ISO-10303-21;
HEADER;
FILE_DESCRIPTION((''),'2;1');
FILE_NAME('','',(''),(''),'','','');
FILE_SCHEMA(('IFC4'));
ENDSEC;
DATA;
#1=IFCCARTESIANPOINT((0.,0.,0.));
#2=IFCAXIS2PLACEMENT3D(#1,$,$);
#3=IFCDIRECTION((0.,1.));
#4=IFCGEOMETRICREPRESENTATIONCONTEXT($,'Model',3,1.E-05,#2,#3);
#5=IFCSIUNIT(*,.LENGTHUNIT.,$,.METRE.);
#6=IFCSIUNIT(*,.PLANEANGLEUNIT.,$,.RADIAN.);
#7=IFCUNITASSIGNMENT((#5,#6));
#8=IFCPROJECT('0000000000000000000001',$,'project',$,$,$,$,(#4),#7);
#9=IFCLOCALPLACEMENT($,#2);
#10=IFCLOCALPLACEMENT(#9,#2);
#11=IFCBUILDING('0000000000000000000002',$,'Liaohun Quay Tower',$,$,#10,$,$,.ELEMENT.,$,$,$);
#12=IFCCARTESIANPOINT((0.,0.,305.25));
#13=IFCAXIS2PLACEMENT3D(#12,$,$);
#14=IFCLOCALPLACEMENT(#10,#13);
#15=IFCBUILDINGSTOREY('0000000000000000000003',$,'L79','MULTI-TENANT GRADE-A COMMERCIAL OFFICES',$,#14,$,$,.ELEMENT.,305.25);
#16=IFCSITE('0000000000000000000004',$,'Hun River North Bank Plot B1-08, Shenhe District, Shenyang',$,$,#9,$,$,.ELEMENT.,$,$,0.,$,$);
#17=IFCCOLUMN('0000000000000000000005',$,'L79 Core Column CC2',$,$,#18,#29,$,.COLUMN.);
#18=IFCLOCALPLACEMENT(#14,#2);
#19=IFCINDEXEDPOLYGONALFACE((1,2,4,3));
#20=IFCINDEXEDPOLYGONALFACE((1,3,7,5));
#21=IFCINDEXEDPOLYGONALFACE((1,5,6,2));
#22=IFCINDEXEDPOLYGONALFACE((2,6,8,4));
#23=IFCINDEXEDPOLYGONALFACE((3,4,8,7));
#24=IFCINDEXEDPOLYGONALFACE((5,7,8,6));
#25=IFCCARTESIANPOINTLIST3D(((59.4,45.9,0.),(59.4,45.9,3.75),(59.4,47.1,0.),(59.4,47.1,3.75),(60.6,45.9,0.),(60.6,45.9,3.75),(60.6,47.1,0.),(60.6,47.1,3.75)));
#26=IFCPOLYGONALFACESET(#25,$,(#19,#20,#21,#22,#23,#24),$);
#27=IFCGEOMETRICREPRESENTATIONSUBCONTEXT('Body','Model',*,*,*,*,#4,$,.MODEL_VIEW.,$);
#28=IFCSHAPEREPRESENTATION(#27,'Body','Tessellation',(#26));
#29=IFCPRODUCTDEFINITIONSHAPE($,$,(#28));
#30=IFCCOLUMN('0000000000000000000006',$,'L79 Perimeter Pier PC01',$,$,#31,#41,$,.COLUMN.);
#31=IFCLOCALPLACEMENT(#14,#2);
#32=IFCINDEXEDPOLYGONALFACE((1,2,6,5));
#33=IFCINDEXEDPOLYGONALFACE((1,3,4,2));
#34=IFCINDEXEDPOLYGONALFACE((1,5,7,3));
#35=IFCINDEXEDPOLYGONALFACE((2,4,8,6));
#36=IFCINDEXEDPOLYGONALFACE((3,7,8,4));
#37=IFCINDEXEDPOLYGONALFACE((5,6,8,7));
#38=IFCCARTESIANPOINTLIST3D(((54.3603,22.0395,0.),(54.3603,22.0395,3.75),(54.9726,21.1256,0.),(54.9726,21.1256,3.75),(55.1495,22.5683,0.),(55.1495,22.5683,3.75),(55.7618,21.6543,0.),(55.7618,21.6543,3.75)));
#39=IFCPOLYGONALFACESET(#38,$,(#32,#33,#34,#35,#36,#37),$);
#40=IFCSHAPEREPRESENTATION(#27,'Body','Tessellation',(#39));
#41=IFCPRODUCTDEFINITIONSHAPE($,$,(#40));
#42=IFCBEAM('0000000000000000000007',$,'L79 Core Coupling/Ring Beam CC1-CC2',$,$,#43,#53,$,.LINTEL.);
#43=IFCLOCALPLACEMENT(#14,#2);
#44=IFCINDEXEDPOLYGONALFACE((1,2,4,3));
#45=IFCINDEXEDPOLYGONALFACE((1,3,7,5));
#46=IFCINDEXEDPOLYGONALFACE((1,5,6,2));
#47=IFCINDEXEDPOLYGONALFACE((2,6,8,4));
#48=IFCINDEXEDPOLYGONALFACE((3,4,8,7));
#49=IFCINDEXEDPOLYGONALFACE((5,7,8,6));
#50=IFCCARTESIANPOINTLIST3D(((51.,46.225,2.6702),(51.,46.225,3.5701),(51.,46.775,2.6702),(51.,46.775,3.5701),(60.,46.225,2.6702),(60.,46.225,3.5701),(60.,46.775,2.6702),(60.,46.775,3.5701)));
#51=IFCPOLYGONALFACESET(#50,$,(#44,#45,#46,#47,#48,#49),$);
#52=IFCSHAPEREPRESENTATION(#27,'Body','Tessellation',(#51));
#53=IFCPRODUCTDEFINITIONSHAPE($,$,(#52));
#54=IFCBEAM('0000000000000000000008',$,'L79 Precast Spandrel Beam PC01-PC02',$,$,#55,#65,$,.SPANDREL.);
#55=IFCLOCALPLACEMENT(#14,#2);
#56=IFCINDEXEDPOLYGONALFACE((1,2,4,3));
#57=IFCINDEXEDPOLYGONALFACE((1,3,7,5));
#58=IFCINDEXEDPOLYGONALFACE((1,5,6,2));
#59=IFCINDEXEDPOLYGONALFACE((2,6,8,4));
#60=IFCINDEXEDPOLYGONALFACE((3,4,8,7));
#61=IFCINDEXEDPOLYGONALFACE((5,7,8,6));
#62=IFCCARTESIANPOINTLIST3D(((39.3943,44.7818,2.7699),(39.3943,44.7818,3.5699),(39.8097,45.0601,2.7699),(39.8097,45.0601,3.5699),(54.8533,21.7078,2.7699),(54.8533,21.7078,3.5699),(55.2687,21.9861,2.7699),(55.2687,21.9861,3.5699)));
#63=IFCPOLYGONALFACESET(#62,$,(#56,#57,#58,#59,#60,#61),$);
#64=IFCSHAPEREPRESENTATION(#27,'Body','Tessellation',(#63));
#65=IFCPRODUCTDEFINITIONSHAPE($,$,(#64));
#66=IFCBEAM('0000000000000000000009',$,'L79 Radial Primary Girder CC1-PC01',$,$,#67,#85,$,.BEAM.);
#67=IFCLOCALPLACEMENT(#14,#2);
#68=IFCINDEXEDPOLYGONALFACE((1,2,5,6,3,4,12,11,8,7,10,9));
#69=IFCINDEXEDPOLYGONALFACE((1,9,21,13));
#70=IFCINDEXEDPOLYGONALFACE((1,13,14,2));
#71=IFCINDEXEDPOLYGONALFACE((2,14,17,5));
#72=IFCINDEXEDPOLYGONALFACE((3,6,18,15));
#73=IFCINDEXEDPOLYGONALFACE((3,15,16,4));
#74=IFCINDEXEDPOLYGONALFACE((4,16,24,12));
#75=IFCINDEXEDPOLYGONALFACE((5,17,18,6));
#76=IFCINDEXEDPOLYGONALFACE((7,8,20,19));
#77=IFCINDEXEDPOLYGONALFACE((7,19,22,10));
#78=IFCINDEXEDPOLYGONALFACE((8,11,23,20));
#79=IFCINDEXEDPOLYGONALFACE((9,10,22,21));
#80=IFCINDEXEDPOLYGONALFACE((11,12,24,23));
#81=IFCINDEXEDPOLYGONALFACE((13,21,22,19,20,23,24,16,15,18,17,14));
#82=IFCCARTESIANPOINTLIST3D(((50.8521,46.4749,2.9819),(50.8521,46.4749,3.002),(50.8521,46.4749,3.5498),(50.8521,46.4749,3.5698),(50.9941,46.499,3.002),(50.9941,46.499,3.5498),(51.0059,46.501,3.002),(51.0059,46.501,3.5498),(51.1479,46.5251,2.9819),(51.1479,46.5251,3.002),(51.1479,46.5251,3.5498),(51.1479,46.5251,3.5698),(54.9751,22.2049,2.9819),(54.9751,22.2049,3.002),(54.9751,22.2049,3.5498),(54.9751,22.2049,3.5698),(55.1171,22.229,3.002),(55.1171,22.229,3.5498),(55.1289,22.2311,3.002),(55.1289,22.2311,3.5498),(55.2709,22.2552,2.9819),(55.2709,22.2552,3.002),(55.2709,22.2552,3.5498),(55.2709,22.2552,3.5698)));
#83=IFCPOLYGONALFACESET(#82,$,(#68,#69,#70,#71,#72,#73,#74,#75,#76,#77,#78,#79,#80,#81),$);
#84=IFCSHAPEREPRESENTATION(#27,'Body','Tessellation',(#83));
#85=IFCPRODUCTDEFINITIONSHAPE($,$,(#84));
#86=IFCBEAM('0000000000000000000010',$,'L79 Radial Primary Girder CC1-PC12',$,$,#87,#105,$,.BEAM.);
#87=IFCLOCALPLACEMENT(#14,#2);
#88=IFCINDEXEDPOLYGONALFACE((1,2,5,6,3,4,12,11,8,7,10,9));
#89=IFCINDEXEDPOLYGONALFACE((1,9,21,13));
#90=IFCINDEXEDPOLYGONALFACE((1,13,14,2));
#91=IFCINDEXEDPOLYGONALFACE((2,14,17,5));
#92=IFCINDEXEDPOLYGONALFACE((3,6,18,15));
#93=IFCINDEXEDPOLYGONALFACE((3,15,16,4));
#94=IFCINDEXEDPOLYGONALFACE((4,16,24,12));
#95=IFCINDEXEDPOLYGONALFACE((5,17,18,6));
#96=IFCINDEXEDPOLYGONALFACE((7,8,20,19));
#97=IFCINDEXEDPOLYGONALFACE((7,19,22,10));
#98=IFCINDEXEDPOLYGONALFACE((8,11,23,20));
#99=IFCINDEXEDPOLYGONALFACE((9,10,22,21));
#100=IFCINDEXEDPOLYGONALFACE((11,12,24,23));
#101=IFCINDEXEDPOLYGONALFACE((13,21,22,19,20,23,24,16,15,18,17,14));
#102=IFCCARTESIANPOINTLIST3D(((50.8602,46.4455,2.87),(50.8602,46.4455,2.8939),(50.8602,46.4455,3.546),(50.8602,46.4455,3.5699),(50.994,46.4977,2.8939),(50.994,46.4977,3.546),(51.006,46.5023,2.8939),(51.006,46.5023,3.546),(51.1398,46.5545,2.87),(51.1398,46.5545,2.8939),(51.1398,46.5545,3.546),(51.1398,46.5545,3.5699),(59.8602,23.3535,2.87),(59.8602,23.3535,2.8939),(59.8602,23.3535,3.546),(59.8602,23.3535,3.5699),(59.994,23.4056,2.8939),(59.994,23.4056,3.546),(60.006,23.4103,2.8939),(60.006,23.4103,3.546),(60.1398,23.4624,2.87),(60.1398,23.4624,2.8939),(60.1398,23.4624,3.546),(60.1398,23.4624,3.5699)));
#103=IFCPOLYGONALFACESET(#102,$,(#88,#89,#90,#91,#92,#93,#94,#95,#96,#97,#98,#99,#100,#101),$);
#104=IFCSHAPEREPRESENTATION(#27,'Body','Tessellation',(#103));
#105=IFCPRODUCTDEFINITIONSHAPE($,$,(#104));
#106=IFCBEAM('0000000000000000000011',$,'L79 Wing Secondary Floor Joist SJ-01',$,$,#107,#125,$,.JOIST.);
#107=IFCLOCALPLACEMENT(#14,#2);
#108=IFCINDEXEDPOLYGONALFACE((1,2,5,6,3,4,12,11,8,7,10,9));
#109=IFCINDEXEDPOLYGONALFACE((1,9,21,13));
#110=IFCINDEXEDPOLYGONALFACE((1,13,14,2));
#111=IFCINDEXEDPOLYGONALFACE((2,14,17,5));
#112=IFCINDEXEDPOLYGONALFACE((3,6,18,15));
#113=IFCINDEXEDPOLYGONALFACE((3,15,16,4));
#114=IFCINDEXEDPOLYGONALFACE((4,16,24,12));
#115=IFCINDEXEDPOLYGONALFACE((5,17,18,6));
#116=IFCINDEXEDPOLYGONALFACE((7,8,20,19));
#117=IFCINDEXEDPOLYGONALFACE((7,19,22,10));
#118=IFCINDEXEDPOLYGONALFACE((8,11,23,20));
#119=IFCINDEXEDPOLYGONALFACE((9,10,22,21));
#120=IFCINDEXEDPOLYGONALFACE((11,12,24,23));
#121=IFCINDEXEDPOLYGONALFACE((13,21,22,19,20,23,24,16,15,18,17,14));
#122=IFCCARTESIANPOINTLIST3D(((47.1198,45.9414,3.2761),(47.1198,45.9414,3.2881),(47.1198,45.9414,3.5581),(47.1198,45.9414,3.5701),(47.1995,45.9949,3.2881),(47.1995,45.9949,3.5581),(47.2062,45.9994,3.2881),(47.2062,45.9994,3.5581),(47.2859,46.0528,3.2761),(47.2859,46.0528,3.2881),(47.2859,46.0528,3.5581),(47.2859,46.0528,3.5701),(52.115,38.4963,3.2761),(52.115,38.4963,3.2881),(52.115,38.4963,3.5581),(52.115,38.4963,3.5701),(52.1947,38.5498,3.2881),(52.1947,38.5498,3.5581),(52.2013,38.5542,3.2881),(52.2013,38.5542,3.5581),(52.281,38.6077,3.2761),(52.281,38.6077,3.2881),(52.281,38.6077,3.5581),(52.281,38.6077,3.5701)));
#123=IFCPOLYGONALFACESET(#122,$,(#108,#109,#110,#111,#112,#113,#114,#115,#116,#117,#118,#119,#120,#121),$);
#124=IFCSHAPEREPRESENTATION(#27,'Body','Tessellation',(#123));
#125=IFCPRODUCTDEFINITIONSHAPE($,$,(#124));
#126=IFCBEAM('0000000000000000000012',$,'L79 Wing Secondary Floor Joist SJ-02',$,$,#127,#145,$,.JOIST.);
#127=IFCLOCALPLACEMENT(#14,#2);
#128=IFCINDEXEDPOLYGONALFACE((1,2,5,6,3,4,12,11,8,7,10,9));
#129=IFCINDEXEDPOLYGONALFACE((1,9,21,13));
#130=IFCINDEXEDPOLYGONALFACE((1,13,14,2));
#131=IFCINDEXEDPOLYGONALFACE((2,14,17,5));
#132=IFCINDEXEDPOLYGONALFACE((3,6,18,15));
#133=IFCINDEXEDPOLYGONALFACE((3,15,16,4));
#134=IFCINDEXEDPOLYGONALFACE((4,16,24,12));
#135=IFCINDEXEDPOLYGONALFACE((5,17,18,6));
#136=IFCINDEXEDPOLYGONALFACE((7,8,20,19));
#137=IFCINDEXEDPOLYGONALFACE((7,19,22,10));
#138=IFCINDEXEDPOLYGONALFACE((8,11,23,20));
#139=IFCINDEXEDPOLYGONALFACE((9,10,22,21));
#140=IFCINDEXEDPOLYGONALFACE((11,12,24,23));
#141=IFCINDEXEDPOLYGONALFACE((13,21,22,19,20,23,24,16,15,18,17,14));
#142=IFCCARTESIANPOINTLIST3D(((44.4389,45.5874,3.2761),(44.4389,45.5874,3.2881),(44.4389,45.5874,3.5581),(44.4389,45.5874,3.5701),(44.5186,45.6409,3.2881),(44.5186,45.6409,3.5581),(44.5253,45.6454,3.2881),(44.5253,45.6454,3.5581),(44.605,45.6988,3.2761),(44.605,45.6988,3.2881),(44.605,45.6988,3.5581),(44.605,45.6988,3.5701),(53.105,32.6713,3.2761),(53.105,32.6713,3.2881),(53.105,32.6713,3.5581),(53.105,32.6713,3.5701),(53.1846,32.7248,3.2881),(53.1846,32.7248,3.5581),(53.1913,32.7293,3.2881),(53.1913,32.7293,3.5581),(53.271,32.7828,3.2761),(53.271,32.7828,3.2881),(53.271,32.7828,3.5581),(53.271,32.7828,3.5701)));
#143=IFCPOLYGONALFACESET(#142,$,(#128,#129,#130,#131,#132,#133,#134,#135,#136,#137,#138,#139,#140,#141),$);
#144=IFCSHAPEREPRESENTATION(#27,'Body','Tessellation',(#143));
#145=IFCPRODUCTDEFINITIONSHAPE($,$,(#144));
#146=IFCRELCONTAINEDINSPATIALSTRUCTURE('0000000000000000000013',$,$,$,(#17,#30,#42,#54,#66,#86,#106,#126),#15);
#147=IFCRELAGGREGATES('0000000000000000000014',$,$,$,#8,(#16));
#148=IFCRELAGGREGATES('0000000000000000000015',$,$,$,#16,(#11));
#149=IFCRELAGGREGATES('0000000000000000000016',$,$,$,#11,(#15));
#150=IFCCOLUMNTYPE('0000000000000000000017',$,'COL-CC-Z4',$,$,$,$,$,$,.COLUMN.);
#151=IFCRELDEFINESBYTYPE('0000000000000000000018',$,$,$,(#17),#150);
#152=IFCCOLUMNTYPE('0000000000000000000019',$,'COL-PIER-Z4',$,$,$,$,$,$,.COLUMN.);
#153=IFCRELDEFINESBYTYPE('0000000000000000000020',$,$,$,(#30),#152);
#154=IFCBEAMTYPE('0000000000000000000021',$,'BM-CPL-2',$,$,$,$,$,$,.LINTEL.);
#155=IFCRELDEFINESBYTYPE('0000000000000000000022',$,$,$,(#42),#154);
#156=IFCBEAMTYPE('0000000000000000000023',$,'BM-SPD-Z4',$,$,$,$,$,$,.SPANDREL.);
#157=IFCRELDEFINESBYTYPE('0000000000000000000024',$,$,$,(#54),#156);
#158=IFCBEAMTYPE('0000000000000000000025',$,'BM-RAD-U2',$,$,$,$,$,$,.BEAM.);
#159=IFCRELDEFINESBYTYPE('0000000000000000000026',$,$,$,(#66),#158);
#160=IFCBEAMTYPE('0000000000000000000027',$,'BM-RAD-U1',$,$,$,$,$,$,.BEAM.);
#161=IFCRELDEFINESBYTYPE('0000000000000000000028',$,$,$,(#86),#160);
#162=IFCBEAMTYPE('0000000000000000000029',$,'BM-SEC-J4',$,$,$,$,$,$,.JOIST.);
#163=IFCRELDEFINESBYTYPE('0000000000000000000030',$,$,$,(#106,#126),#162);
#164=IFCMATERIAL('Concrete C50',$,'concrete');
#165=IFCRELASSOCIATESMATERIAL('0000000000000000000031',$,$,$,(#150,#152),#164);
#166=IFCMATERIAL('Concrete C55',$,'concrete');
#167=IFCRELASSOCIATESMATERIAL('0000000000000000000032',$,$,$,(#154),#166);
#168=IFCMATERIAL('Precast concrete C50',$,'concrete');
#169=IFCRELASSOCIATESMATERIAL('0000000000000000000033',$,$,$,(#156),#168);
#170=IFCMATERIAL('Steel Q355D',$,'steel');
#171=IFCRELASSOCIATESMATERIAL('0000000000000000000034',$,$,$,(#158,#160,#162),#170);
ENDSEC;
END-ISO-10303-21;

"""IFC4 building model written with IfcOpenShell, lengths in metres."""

from ifc_helpers import new_model, si_unit, direction, frame, origin, origin_2d, place, context, subcontext, project, spatial, rectangle, i_section, extrude, source, transform, mapped, material, material_profile, profile_set, type_object, element, save


model = new_model("IFC4")

# Units and contexts
model_context = context("Model", 3, precision=1e-05, world=origin(), true_north=direction((0.0, 1.0)))
body_context = subcontext(model_context, "Body", "Model", "MODEL_VIEW")
ifc_project = project(units=[si_unit("LENGTHUNIT", "METRE"), si_unit("PLANEANGLEUNIT", "RADIAN")], contexts=[model_context])

# Site, building, storey
site_placement = place(None, origin())
site = spatial("IfcSite", under=ifc_project, at=site_placement, Name="Hun River North Bank Plot B1-08, Shenhe District, Shenyang", CompositionType="ELEMENT", RefElevation=0.0)
building_placement = place(site_placement, origin())
building = spatial("IfcBuilding", under=site, at=building_placement, Name="Liaohun Quay Tower", CompositionType="ELEMENT")
storey_placement = place(building_placement, frame((0.0, 0.0, 305.25)))
storey = spatial("IfcBuildingStorey", under=building, at=storey_placement, Name="L79", Description="MULTI-TENANT GRADE-A COMMERCIAL OFFICES", CompositionType="ELEMENT", Elevation=305.25)

# Columns
ifc_material_1 = material(Name="Concrete C50", Category="concrete")
ifc_material_profile_1 = material_profile(ifc_material_1, rectangle(XDim=1.2, YDim=1.2, at=origin_2d()), Name="RC1200x1200")
ifc_profile_set_1 = profile_set([ifc_material_profile_1], Name="Concrete C50")
column_type_1 = type_object("IfcColumnType", Name="COL-CC-Z4", PredefinedType="COLUMN", material=ifc_profile_set_1)
shared_shape_1 = source(origin(), body_context, "Body", "SweptSolid", [
    extrude(rectangle(XDim=1.2, YDim=1.2, at=origin_2d()), origin(), (0.0, 0.0, 1.0), 3.75),
])
column_1_placement = place(storey_placement, frame((60.0, 46.5, 0.0), z_axis=(0.0, 0.0, 1.0), x_axis=(1.0, 0.0, 0.0)))
element("IfcColumn", 1, at=column_1_placement, inside=storey, type_object=column_type_1, Name="L79 Core Column CC2", PredefinedType="COLUMN", context=body_context, shape_type="MappedRepresentation", body=[
    mapped(shared_shape_1, transform((0.0, 0.0, 0.0), x_axis=(1.0, 0.0, 0.0), y_axis=(0.0, 1.0, 0.0), z_axis=(0.0, 0.0, 1.0), scale=1.0)),
])
ifc_material_profile_2 = material_profile(ifc_material_1, rectangle(XDim=1.1001, YDim=0.95, at=origin_2d()), Name="RC1100x950")
ifc_profile_set_2 = profile_set([ifc_material_profile_2], Name="Concrete C50")
column_type_2 = type_object("IfcColumnType", Name="COL-PIER-Z4", PredefinedType="COLUMN", material=ifc_profile_set_2)
shared_shape_2 = source(origin(), body_context, "Body", "SweptSolid", [
    extrude(rectangle(XDim=1.1001, YDim=0.95, at=origin_2d()), origin(), (0.0, 0.0, 1.0), 3.75),
])
column_2_placement = place(storey_placement, frame((55.061, 21.8469, 0.0), z_axis=(0.0, 0.0, 1.0), x_axis=(-0.556586, 0.83079, 0.0)))
element("IfcColumn", 2, at=column_2_placement, inside=storey, type_object=column_type_2, Name="L79 Perimeter Pier PC01", PredefinedType="COLUMN", context=body_context, shape_type="MappedRepresentation", body=[
    mapped(shared_shape_2, transform((0.0, 0.0, 0.0), x_axis=(1.0, 0.0, 0.0), y_axis=(0.0, 1.0, 0.0), z_axis=(0.0, 0.0, 1.0), scale=1.0)),
])

# Beams
ifc_material_2 = material(Name="Concrete C55", Category="concrete")
ifc_material_profile_3 = material_profile(ifc_material_2, rectangle(XDim=0.55, YDim=0.8999, at=origin_2d()), Name="RC550x900")
ifc_profile_set_3 = profile_set([ifc_material_profile_3], Name="Concrete C55")
beam_type_1 = type_object("IfcBeamType", Name="BM-CPL-2", PredefinedType="LINTEL", material=ifc_profile_set_3)
shared_shape_3 = source(origin(), body_context, "Body", "SweptSolid", [
    extrude(rectangle(XDim=0.55, YDim=0.8999, at=origin_2d()), origin(), (0.0, 0.0, 1.0), 9.0),
])
beam_1_placement = place(storey_placement, frame((51.0, 46.5, 3.1201), z_axis=(1.0, 0.0, 0.0), x_axis=(0.0, 1.0, 0.0)))
element("IfcBeam", 3, at=beam_1_placement, inside=storey, type_object=beam_type_1, Name="L79 Core Coupling/Ring Beam CC1-CC2", PredefinedType="LINTEL", context=body_context, shape_type="MappedRepresentation", body=[
    mapped(shared_shape_3, transform((0.0, 0.0, 0.0), x_axis=(1.0, 0.0, 0.0), y_axis=(0.0, 1.0, 0.0), z_axis=(0.0, 0.0, 1.0), scale=1.0)),
])
ifc_material_3 = material(Name="Precast concrete C50", Category="concrete")
ifc_material_profile_4 = material_profile(ifc_material_3, rectangle(XDim=0.5, YDim=0.8, at=origin_2d()), Name="RC500x800")
ifc_profile_set_4 = profile_set([ifc_material_profile_4], Name="Precast concrete C50")
beam_type_2 = type_object("IfcBeamType", Name="BM-SPD-Z4", PredefinedType="SPANDREL", material=ifc_profile_set_4)
shared_shape_4 = source(origin(), body_context, "Body", "SweptSolid", [
    extrude(rectangle(XDim=0.5, YDim=0.8, at=origin_2d()), origin(), (0.0, 0.0, 1.0), 27.7739),
])
beam_2_placement = place(storey_placement, frame((55.061, 21.8469, 3.1699), z_axis=(-0.556602, 0.83078, 0.0), x_axis=(-0.83078, -0.556602, 0.0)))
element("IfcBeam", 4, at=beam_2_placement, inside=storey, type_object=beam_type_2, Name="L79 Precast Spandrel Beam PC01-PC02", PredefinedType="SPANDREL", context=body_context, shape_type="MappedRepresentation", body=[
    mapped(shared_shape_4, transform((0.0, 0.0, 0.0), x_axis=(1.0, 0.0, 0.0), y_axis=(0.0, 1.0, 0.0), z_axis=(0.0, 0.0, 1.0), scale=1.0)),
])
ifc_material_4 = material(Name="Steel Q355D", Category="steel")
ifc_material_profile_5 = material_profile(ifc_material_4, i_section(OverallWidth=0.3, OverallDepth=0.5879, WebThickness=0.012, FlangeThickness=0.02, at=origin_2d()), Name="HM588x300x12x20")
ifc_profile_set_5 = profile_set([ifc_material_profile_5], Name="Steel Q355D")
beam_type_3 = type_object("IfcBeamType", Name="BM-RAD-U2", PredefinedType="BEAM", material=ifc_profile_set_5)
shared_shape_5 = source(origin(), body_context, "Body", "SweptSolid", [
    extrude(i_section(OverallWidth=0.3, OverallDepth=0.5879, WebThickness=0.012, FlangeThickness=0.02, at=origin_2d()), origin(), (0.0, 0.0, 1.0), 24.6177),
])
beam_3_placement = place(storey_placement, frame((51.0, 46.5, 3.2759), z_axis=(0.167483, -0.985875, 0.0), x_axis=(0.985875, 0.167483, 0.0)))
element("IfcBeam", 5, at=beam_3_placement, inside=storey, type_object=beam_type_3, Name="L79 Radial Primary Girder CC1-PC01", PredefinedType="BEAM", context=body_context, shape_type="MappedRepresentation", body=[
    mapped(shared_shape_5, transform((0.0, 0.0, 0.0), x_axis=(1.0, 0.0, 0.0), y_axis=(0.0, 1.0, 0.0), z_axis=(0.0, 0.0, 1.0), scale=1.0)),
])
ifc_material_profile_6 = material_profile(ifc_material_4, i_section(OverallWidth=0.3, OverallDepth=0.7, WebThickness=0.0129, FlangeThickness=0.0239, at=origin_2d()), Name="HN700x300x13x24")
ifc_profile_set_6 = profile_set([ifc_material_profile_6], Name="Steel Q355D")
beam_type_4 = type_object("IfcBeamType", Name="BM-RAD-U1", PredefinedType="BEAM", material=ifc_profile_set_6)
shared_shape_6 = source(origin(), body_context, "Body", "SweptSolid", [
    extrude(i_section(OverallWidth=0.3, OverallDepth=0.7, WebThickness=0.0129, FlangeThickness=0.0239, at=origin_2d()), origin(), (0.0, 0.0, 1.0), 24.7839),
])
beam_4_placement = place(storey_placement, frame((51.0, 46.5, 3.22), z_axis=(0.363139, -0.931735, 0.0), x_axis=(0.931735, 0.363139, 0.0)))
element("IfcBeam", 6, at=beam_4_placement, inside=storey, type_object=beam_type_4, Name="L79 Radial Primary Girder CC1-PC12", PredefinedType="BEAM", context=body_context, shape_type="MappedRepresentation", body=[
    mapped(shared_shape_6, transform((0.0, 0.0, 0.0), x_axis=(1.0, 0.0, 0.0), y_axis=(0.0, 1.0, 0.0), z_axis=(0.0, 0.0, 1.0), scale=1.0)),
])
ifc_material_profile_7 = material_profile(ifc_material_4, i_section(OverallWidth=0.2, OverallDepth=0.2939, WebThickness=0.0081, FlangeThickness=0.012, at=origin_2d()), Name="HM294x200x8x12")
ifc_profile_set_7 = profile_set([ifc_material_profile_7], Name="Steel Q355D")
beam_type_5 = type_object("IfcBeamType", Name="BM-SEC-J4", PredefinedType="JOIST", material=ifc_profile_set_7)
shared_shape_7 = source(origin(), body_context, "Body", "SweptSolid", [
    extrude(i_section(OverallWidth=0.2, OverallDepth=0.2939, WebThickness=0.0081, FlangeThickness=0.012, at=origin_2d()), origin(), (0.0, 0.0, 1.0), 8.9656),
])
beam_5_placement = place(storey_placement, frame((52.198, 38.552, 3.4231), z_axis=(-0.557149, 0.830413, 0.0), x_axis=(-0.830413, -0.557149, 0.0)))
element("IfcBeam", 7, at=beam_5_placement, inside=storey, type_object=beam_type_5, Name="L79 Wing Secondary Floor Joist SJ-01", PredefinedType="JOIST", context=body_context, shape_type="MappedRepresentation", body=[
    mapped(shared_shape_7, transform((0.0, 0.0, 0.0), x_axis=(1.0, 0.0, 0.0), y_axis=(0.0, 1.0, 0.0), z_axis=(0.0, 0.0, 1.0), scale=1.0)),
])
shared_shape_8 = source(origin(), body_context, "Body", "SweptSolid", [
    extrude(i_section(OverallWidth=0.2, OverallDepth=0.2939, WebThickness=0.0081, FlangeThickness=0.012, at=origin_2d()), origin(), (0.0, 0.0, 1.0), 15.554),
])
beam_6_placement = place(storey_placement, frame((53.188, 32.7271, 3.4231), z_axis=(-0.557161, 0.830405, 0.0), x_axis=(-0.830405, -0.557161, 0.0)))
element("IfcBeam", 8, at=beam_6_placement, inside=storey, type_object=beam_type_5, Name="L79 Wing Secondary Floor Joist SJ-02", PredefinedType="JOIST", context=body_context, shape_type="MappedRepresentation", body=[
    mapped(shared_shape_8, transform((0.0, 0.0, 0.0), x_axis=(1.0, 0.0, 0.0), y_axis=(0.0, 1.0, 0.0), z_axis=(0.0, 0.0, 1.0), scale=1.0)),
])

save(model, "model.ifc")
